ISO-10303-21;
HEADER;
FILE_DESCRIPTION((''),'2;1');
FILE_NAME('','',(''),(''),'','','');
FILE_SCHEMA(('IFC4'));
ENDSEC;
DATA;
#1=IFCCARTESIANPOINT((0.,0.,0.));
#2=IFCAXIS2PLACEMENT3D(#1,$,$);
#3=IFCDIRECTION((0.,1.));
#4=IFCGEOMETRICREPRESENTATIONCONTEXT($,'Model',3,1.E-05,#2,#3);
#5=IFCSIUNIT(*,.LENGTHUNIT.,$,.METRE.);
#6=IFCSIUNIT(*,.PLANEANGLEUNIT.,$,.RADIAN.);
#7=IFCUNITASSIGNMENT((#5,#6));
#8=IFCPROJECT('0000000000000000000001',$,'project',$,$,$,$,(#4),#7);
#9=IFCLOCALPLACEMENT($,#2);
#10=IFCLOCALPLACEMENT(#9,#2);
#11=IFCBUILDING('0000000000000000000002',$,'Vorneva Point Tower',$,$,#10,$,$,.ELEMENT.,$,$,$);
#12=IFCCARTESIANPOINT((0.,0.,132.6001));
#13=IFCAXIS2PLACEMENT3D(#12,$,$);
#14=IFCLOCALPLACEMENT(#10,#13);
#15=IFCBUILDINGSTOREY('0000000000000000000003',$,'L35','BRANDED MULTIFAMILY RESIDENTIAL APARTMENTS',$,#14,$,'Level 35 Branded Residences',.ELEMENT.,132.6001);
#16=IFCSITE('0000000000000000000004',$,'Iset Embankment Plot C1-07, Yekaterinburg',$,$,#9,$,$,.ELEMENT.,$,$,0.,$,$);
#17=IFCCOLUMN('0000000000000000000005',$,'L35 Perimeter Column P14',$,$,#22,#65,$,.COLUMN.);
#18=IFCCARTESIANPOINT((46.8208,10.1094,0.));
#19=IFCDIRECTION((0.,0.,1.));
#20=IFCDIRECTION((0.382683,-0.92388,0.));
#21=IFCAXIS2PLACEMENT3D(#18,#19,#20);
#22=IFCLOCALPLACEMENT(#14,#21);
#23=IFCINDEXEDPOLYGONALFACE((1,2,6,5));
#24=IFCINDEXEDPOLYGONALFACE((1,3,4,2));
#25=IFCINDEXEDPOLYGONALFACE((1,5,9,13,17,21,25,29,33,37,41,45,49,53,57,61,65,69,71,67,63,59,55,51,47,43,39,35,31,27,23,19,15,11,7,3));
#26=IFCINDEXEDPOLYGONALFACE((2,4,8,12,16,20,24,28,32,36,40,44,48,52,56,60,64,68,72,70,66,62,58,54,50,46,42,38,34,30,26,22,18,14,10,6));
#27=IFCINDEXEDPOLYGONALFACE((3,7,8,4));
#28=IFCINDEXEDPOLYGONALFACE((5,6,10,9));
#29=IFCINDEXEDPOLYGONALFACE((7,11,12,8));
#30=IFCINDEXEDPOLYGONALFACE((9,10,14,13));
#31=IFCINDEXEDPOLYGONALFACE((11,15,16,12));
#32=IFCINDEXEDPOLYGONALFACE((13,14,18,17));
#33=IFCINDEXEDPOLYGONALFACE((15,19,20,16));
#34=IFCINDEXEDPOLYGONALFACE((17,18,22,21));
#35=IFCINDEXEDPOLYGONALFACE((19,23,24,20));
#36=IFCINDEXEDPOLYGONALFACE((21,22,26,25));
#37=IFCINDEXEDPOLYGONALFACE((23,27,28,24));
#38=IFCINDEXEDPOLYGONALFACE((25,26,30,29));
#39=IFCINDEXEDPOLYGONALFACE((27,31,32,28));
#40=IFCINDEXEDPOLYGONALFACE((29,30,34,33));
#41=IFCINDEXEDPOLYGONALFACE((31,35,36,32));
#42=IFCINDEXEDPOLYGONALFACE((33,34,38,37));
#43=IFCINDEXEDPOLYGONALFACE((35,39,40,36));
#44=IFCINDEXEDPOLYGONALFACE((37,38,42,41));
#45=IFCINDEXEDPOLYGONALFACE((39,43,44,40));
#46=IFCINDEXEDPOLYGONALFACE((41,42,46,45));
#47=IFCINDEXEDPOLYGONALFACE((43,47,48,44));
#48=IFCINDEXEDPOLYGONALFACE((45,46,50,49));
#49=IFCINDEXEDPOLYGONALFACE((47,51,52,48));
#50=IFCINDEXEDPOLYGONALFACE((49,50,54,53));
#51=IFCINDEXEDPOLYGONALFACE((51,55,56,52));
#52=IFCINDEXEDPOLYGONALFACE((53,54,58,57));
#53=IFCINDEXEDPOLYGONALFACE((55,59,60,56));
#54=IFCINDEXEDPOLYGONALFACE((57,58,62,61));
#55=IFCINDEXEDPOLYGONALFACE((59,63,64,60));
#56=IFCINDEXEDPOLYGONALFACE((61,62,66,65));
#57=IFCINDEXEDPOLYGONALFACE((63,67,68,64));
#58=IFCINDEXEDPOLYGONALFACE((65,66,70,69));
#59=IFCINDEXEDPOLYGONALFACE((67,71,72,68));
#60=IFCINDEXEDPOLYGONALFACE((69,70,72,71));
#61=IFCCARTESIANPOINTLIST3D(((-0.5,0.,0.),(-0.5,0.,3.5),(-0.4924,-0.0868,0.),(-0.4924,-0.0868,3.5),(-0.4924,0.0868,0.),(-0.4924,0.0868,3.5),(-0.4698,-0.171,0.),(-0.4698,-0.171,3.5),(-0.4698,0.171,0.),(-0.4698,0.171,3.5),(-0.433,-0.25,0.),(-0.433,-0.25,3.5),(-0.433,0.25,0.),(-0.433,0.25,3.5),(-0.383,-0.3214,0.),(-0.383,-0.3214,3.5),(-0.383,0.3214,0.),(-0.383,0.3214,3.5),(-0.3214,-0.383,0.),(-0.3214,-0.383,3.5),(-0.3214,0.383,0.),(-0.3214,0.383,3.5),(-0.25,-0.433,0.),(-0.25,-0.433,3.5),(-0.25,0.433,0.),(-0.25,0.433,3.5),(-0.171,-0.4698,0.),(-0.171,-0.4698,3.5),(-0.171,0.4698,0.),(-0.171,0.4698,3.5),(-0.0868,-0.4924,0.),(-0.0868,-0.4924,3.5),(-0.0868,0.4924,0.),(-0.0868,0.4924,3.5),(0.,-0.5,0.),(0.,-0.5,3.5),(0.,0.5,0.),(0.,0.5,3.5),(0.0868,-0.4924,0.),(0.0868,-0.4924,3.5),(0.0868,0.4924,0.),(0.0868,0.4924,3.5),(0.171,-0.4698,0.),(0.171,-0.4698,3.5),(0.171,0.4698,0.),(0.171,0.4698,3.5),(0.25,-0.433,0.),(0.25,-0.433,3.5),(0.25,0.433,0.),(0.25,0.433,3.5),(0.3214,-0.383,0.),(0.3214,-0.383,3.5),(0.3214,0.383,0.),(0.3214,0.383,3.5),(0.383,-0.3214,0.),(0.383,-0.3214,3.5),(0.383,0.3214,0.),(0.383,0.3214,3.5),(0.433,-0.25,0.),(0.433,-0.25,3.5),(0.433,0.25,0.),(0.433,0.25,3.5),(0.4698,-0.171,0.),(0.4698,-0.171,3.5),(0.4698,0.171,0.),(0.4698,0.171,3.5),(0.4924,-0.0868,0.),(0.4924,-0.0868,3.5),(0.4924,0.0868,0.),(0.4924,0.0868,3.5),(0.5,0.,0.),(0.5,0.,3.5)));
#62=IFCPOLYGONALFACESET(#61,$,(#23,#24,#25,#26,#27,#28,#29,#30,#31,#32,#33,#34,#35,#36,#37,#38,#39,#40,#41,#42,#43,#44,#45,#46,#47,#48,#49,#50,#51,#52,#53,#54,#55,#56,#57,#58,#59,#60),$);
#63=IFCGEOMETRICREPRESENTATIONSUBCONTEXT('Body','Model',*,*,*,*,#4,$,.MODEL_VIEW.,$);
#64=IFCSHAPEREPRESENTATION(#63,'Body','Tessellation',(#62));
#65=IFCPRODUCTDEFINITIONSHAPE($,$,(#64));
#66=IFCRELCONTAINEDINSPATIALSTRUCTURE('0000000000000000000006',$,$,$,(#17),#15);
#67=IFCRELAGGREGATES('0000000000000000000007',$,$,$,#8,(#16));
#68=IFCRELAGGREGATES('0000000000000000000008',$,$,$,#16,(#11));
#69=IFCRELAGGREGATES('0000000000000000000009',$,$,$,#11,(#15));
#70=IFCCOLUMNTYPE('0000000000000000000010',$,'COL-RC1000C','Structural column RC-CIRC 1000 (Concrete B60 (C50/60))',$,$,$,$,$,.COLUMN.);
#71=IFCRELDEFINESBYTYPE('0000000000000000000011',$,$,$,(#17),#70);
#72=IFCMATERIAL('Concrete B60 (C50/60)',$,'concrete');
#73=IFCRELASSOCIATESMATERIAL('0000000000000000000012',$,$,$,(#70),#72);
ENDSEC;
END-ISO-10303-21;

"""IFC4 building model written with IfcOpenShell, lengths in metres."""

from ifc_helpers import new_model, si_unit, direction, frame, origin, origin_2d, place, context, subcontext, project, spatial, circle, extrude, material, material_profile, profile_set, type_object, element, save


model = new_model("IFC4")

# Units and contexts
model_context = context("Model", 3, precision=1e-05, world=origin(), true_north=direction((0.0, 1.0)))
body_context = subcontext(model_context, "Body", "Model", "MODEL_VIEW")
ifc_project = project(units=[si_unit("LENGTHUNIT", "METRE"), si_unit("PLANEANGLEUNIT", "RADIAN")], contexts=[model_context])

# Site, building, storey
site_placement = place(None, origin())
site = spatial("IfcSite", under=ifc_project, at=site_placement, Name="Iset Embankment Plot C1-07, Yekaterinburg", CompositionType="ELEMENT", RefElevation=0.0)
building_placement = place(site_placement, origin())
building = spatial("IfcBuilding", under=site, at=building_placement, Name="Vorneva Point Tower", CompositionType="ELEMENT")
storey_placement = place(building_placement, frame((0.0, 0.0, 132.6001)))
storey = spatial("IfcBuildingStorey", under=building, at=storey_placement, Name="L35", Description="BRANDED MULTIFAMILY RESIDENTIAL APARTMENTS", LongName="Level 35 Branded Residences", CompositionType="ELEMENT", Elevation=132.6001)

# Column
ifc_material_1 = material(Name="Concrete B60 (C50/60)", Category="concrete")
ifc_material_profile_1 = material_profile(ifc_material_1, circle(Radius=0.5, at=origin_2d()), Name="RC-CIRC 1000")
ifc_profile_set_1 = profile_set([ifc_material_profile_1], Name="Concrete B60 (C50/60)")
column_type = type_object("IfcColumnType", Name="COL-RC1000C", Description="Structural column RC-CIRC 1000 (Concrete B60 (C50/60))", PredefinedType="COLUMN", material=ifc_profile_set_1)
for number, where, z_axis, x_axis, name in (
    (1, (46.8208, 10.1094, 0.0), (0.0, 0.0, 1.0), (0.382683, -0.92388, 0.0), "L35 Perimeter Column P14"),
):
    element("IfcColumn", number, at=place(storey_placement, frame(where, z_axis=z_axis, x_axis=x_axis)), inside=storey, type_object=column_type, Name=name, PredefinedType="COLUMN", context=body_context, shape_type="SweptSolid", body=[
        extrude(circle(Radius=0.5, at=origin_2d()), origin(), (0.0, 0.0, 1.0), 3.5),
    ])

save(model, "model.ifc")
